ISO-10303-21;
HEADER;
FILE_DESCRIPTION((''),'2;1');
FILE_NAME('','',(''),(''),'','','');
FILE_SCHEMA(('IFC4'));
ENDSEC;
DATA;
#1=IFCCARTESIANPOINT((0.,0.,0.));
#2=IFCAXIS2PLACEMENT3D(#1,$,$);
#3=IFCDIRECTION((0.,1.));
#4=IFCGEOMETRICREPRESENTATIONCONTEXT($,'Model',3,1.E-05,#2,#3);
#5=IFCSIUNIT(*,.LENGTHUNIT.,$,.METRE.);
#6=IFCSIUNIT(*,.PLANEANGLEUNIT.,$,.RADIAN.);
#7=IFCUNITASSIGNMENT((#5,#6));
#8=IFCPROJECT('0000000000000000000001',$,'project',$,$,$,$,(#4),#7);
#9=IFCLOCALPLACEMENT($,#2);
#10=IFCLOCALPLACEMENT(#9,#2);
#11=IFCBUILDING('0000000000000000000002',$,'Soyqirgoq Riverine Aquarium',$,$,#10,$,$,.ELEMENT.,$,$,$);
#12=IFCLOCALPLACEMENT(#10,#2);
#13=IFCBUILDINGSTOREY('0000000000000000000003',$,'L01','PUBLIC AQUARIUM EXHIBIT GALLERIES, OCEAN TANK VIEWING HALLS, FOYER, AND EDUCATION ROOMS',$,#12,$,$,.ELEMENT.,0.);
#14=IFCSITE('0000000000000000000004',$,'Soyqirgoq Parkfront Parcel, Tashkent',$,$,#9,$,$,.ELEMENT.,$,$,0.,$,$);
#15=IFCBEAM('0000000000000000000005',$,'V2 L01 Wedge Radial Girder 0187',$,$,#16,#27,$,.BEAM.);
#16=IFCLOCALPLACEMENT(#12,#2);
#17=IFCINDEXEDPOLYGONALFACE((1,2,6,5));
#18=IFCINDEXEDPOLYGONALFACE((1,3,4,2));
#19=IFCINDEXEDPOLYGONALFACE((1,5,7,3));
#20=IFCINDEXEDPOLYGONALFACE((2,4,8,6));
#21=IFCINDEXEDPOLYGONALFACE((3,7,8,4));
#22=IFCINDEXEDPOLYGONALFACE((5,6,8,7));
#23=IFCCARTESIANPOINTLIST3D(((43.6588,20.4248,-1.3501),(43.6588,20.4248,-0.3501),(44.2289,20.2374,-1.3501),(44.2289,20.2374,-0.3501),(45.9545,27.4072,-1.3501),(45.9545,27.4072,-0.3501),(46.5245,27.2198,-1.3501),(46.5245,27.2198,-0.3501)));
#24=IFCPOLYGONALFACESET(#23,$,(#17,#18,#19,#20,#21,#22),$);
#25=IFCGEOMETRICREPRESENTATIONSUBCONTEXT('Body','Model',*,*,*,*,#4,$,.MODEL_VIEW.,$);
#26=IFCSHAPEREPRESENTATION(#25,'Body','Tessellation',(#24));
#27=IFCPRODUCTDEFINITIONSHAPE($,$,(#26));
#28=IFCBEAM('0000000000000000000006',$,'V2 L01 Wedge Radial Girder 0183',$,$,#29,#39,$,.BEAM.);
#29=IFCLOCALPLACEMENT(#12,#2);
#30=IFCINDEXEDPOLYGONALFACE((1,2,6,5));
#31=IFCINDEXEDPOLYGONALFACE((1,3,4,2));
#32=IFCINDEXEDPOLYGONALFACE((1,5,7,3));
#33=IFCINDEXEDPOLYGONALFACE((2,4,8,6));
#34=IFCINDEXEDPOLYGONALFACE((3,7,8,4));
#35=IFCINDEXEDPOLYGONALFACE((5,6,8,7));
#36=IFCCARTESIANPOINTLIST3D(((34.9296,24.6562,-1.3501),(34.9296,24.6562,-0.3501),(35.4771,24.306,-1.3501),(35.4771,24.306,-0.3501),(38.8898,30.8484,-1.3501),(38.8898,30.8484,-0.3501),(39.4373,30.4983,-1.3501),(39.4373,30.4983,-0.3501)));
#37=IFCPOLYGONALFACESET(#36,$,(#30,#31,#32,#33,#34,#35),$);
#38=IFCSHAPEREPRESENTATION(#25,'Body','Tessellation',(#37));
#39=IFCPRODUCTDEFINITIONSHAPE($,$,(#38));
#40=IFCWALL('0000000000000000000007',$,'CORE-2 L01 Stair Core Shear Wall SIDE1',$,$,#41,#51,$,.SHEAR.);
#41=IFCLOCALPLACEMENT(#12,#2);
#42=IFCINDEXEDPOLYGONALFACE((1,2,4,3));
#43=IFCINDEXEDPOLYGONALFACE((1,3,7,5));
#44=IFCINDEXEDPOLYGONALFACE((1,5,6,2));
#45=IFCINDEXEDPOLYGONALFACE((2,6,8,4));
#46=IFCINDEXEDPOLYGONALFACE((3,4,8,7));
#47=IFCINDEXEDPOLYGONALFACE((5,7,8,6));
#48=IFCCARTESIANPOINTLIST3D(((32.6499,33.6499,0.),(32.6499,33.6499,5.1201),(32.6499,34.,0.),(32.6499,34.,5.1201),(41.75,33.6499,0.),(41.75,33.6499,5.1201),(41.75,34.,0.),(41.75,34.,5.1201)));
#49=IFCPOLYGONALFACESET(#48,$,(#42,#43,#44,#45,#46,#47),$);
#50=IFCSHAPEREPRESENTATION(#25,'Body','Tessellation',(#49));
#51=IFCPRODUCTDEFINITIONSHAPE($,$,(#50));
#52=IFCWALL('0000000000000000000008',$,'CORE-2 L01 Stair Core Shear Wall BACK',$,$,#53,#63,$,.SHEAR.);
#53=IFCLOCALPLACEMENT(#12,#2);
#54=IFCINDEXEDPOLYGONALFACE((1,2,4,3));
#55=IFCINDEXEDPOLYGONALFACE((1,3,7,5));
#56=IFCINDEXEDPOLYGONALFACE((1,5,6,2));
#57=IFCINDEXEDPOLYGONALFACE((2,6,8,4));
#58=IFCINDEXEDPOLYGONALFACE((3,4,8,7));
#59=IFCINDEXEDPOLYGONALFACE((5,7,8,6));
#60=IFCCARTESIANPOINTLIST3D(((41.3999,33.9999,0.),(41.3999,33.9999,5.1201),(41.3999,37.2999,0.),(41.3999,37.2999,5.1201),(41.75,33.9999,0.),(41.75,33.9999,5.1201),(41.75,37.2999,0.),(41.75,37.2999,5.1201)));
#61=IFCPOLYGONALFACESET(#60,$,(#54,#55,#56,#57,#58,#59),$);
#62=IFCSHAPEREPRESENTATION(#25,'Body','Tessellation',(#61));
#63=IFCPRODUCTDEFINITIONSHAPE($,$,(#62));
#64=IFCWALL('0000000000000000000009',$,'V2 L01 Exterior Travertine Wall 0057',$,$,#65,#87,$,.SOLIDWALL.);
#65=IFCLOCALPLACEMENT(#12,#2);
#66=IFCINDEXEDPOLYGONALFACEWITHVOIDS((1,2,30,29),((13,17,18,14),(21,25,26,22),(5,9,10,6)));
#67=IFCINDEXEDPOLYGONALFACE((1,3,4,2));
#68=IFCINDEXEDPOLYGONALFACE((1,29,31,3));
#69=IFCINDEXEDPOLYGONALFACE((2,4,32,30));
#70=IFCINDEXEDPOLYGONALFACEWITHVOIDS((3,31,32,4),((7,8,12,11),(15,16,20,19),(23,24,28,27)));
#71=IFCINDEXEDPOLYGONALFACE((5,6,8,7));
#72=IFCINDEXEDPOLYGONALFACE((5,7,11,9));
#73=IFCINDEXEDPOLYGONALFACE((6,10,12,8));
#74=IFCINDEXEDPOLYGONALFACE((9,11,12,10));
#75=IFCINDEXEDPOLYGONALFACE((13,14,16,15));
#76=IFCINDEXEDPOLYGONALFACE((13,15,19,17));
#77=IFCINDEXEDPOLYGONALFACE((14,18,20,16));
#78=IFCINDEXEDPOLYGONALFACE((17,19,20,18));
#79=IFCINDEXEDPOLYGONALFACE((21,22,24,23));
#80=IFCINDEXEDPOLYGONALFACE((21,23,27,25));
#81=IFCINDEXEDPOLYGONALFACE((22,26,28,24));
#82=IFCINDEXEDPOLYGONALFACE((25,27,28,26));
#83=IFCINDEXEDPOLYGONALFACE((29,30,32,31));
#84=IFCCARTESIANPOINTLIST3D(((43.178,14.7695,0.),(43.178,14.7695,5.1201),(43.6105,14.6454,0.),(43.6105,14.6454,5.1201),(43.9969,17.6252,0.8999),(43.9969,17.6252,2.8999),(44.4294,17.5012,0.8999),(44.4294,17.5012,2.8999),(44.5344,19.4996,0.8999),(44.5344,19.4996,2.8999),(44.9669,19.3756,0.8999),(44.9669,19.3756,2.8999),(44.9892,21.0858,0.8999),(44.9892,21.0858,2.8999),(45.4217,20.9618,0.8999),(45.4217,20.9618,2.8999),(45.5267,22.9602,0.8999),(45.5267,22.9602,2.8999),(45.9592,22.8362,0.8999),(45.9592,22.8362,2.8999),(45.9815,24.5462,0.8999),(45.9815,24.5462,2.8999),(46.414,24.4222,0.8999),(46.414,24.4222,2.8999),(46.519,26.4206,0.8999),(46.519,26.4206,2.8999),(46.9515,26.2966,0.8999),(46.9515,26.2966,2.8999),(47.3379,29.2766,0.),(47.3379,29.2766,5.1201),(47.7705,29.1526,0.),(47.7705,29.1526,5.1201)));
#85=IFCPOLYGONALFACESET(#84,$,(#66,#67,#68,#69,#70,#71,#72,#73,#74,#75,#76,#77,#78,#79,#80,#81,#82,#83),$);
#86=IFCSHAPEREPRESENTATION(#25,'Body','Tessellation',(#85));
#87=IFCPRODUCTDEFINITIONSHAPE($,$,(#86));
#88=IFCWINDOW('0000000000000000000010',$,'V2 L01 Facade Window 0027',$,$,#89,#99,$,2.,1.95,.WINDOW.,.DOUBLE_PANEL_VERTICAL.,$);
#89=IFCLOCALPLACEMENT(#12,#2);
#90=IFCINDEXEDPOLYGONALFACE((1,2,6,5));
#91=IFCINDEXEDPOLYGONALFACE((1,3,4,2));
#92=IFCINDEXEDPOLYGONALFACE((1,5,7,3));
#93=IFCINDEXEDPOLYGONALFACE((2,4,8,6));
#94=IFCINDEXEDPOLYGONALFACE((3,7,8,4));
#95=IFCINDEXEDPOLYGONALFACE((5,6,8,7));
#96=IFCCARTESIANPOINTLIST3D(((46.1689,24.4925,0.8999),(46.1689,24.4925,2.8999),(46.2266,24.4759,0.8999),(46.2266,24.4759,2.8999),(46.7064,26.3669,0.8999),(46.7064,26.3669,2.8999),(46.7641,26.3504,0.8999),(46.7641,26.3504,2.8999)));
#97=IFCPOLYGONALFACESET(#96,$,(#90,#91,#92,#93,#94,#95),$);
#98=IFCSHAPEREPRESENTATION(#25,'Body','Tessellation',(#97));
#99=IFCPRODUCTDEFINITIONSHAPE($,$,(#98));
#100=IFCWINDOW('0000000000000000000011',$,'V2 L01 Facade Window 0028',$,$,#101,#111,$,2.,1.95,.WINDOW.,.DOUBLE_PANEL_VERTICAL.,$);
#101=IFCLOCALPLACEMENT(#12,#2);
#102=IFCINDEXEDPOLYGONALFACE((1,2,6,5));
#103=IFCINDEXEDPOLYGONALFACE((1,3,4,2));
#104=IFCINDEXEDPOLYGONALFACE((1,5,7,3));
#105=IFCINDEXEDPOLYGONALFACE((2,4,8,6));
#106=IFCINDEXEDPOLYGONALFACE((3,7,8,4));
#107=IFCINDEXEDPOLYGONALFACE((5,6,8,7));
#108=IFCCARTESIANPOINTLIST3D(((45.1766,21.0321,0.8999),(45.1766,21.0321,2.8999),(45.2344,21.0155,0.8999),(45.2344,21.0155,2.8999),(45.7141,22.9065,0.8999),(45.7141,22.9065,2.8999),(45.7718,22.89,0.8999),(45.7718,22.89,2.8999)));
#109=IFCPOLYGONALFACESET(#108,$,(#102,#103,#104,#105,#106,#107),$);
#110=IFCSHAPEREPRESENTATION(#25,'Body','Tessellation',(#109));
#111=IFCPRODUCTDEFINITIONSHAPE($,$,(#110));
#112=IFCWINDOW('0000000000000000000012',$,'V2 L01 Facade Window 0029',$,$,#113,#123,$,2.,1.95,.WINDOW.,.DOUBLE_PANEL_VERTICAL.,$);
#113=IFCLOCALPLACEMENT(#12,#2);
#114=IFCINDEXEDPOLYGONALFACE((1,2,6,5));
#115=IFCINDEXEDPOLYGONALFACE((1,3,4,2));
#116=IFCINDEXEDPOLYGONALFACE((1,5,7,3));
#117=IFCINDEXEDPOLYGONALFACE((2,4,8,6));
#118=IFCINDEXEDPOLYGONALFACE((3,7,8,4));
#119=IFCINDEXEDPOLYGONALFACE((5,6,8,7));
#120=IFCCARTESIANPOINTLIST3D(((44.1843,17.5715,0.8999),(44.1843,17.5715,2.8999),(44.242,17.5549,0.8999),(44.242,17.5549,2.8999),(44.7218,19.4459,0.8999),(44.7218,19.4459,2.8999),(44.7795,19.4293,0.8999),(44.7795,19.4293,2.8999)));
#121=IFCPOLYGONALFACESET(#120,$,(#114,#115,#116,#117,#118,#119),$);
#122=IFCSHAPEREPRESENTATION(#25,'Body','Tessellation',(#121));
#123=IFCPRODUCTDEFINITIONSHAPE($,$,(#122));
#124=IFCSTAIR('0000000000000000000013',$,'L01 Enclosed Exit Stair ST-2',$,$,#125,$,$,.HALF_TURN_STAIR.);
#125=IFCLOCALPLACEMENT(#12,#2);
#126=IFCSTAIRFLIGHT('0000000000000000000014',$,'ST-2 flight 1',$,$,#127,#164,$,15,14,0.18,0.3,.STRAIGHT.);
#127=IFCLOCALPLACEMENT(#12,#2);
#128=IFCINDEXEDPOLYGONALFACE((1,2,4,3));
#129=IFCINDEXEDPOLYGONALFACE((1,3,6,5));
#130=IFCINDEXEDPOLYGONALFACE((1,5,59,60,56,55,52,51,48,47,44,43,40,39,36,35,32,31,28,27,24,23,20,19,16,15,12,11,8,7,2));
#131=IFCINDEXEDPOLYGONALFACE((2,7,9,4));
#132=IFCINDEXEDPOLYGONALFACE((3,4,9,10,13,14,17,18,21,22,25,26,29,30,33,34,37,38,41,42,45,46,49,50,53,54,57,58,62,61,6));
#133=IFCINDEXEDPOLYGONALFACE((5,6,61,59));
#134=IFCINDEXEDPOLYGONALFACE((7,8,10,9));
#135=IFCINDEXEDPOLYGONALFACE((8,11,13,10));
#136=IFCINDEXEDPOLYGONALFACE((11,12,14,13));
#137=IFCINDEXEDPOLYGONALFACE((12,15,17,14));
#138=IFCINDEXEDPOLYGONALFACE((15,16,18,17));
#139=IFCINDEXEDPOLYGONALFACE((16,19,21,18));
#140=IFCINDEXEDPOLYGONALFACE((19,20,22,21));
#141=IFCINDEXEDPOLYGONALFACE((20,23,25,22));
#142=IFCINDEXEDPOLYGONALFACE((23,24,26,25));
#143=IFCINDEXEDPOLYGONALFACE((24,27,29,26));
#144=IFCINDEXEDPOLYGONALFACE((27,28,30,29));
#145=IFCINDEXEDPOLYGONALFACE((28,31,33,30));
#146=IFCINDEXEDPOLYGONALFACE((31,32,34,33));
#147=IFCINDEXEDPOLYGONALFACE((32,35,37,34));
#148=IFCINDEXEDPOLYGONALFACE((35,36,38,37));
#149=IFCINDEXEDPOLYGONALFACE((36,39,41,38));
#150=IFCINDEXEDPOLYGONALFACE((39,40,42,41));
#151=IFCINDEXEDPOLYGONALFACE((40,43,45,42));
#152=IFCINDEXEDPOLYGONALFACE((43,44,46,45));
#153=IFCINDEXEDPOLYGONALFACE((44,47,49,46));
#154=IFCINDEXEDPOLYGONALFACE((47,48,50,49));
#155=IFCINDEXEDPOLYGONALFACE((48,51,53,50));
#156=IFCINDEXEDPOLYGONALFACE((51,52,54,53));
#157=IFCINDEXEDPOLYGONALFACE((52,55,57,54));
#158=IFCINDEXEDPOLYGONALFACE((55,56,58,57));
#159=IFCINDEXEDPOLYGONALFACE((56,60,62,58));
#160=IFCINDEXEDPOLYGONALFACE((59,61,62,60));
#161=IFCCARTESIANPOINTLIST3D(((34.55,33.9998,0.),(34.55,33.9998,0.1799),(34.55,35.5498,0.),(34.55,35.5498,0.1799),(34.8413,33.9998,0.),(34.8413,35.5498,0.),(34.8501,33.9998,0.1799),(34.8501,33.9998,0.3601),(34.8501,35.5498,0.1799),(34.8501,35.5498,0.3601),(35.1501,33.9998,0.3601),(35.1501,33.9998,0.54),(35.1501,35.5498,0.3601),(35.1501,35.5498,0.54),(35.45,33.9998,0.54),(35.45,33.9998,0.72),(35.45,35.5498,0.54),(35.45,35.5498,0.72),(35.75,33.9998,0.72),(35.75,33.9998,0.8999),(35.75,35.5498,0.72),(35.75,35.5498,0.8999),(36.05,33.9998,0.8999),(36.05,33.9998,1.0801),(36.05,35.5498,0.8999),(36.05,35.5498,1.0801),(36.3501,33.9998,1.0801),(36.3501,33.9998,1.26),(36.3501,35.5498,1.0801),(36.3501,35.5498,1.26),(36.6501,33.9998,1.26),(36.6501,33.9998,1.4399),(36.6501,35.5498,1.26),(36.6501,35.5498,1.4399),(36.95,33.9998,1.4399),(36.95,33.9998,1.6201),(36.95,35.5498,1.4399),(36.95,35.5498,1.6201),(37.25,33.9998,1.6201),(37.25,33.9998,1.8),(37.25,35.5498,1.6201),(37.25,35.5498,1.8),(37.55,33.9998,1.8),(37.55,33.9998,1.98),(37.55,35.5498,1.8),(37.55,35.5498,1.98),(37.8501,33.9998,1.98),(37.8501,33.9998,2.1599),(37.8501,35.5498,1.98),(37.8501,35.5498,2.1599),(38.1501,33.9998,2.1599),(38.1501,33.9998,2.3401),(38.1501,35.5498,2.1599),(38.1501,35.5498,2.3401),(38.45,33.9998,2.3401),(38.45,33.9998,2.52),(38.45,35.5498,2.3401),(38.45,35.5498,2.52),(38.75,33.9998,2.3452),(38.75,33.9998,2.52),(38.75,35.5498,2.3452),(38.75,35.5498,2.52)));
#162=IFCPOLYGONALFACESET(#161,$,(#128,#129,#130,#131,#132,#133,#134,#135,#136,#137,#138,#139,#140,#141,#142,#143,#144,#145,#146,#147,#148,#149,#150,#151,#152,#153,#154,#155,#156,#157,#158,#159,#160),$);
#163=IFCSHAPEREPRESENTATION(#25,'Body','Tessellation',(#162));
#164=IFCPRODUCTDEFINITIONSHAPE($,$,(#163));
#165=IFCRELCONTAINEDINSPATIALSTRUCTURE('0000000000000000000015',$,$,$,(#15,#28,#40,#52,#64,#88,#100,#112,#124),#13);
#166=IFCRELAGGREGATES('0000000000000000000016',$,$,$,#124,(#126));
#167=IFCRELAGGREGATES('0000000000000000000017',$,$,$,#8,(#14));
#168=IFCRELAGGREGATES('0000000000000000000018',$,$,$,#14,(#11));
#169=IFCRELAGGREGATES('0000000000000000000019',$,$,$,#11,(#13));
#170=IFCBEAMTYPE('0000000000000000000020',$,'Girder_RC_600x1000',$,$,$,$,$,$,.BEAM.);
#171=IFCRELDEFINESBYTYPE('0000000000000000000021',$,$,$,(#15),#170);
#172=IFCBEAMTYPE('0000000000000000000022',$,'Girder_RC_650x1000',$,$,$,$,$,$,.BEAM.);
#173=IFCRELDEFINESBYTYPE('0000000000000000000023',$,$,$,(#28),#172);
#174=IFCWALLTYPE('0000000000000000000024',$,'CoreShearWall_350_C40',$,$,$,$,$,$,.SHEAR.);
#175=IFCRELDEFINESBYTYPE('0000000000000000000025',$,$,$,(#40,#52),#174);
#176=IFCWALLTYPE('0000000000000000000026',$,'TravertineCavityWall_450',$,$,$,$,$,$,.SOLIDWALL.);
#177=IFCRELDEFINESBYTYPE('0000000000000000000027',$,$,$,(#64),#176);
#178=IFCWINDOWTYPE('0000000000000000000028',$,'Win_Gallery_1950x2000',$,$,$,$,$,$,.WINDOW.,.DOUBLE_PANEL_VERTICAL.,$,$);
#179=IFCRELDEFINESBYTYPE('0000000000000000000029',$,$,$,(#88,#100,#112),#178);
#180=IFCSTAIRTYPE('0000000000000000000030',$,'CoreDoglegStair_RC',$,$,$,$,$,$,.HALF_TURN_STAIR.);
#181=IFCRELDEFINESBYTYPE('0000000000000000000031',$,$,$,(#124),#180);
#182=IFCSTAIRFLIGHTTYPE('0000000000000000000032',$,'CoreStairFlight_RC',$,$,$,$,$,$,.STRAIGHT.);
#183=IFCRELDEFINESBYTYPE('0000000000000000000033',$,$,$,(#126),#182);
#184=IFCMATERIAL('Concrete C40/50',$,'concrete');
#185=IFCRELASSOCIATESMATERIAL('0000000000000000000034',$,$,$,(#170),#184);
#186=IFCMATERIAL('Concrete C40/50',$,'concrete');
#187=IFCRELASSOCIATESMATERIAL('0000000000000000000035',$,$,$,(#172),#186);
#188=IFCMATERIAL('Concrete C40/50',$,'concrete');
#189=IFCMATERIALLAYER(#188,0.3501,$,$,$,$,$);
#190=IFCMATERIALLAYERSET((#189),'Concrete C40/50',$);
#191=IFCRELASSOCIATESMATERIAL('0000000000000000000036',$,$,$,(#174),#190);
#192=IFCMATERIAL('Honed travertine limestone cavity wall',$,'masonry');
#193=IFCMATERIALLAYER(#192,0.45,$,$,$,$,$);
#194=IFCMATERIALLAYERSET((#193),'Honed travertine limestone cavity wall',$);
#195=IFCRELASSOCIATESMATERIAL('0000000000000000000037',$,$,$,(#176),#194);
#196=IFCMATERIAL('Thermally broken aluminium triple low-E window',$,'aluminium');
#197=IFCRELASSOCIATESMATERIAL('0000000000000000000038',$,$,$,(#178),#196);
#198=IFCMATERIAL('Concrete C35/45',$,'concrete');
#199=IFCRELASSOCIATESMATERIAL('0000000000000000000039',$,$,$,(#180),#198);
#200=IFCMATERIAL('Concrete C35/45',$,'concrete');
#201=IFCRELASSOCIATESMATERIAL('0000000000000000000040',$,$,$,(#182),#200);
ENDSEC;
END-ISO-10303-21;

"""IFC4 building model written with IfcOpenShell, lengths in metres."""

from ifc_helpers import new_model, si_unit, direction, frame, frame_2d, origin, origin_2d, place, context, subcontext, project, spatial, polyline, rectangle, outline, extrude, material, layer, layer_set, material_profile, profile_set, type_object, element, fill, aggregate, save


model = new_model("IFC4")

# Units and contexts
model_context = context("Model", 3, precision=1e-05, world=origin(), true_north=direction((0.0, 1.0)))
body_context = subcontext(model_context, "Body", "Model", "MODEL_VIEW")
ifc_project = project(units=[si_unit("LENGTHUNIT", "METRE"), si_unit("PLANEANGLEUNIT", "RADIAN")], contexts=[model_context])

# Site, building, storey
site_placement = place(None, origin())
site = spatial("IfcSite", under=ifc_project, at=site_placement, Name="Soyqirgoq Parkfront Parcel, Tashkent", CompositionType="ELEMENT", RefElevation=0.0)
building_placement = place(site_placement, origin())
building = spatial("IfcBuilding", under=site, at=building_placement, Name="Soyqirgoq Riverine Aquarium", CompositionType="ELEMENT")
storey_placement = place(building_placement, origin())
storey = spatial("IfcBuildingStorey", under=building, at=storey_placement, Name="L01", Description="PUBLIC AQUARIUM EXHIBIT GALLERIES, OCEAN TANK VIEWING HALLS, FOYER, AND EDUCATION ROOMS", CompositionType="ELEMENT", Elevation=0.0)

# Beams
ifc_material_1 = material(Name="Concrete C40/50", Category="concrete")
ifc_material_profile_1 = material_profile(ifc_material_1, rectangle(XDim=0.6001, YDim=1.0, at=origin_2d()), Name="RC 600x1000")
ifc_profile_set_1 = profile_set([ifc_material_profile_1], Name="Concrete C40/50")
beam_type_1 = type_object("IfcBeamType", Name="Girder_RC_600x1000", PredefinedType="BEAM", material=ifc_profile_set_1)
beam_1_placement = place(storey_placement, frame((46.2395, 27.3135, -0.8501), z_axis=(-0.312329, -0.949974, 0.0), x_axis=(0.949974, -0.312329, 0.0)))
element("IfcBeam", 1, at=beam_1_placement, inside=storey, type_object=beam_type_1, Name="V2 L01 Wedge Radial Girder 0187", PredefinedType="BEAM", context=body_context, shape_type="SweptSolid", body=[
    extrude(rectangle(XDim=0.6001, YDim=1.0, at=origin_2d()), origin(), (0.0, 0.0, 1.0), 7.3501),
])
ifc_material_2 = material(Name="Concrete C40/50", Category="concrete")
ifc_material_profile_2 = material_profile(ifc_material_2, rectangle(XDim=0.6499, YDim=1.0, at=origin_2d()), Name="RC 650x1000")
ifc_profile_set_2 = profile_set([ifc_material_profile_2], Name="Concrete C40/50")
beam_type_2 = type_object("IfcBeamType", Name="Girder_RC_650x1000", PredefinedType="BEAM", material=ifc_profile_set_2)
beam_2_placement = place(storey_placement, frame((39.1636, 30.6733, -0.8501), z_axis=(-0.538787, -0.842442, 0.0), x_axis=(0.842442, -0.538787, 0.0)))
element("IfcBeam", 2, at=beam_2_placement, inside=storey, type_object=beam_type_2, Name="V2 L01 Wedge Radial Girder 0183", PredefinedType="BEAM", context=body_context, shape_type="SweptSolid", body=[
    extrude(rectangle(XDim=0.6499, YDim=1.0, at=origin_2d()), origin(), (0.0, 0.0, 1.0), 7.3503),
])

# Walls
ifc_material_3 = material(Name="Concrete C40/50", Category="concrete")
ifc_layer_1 = layer(ifc_material_3, 0.3501)
ifc_layer_set_1 = layer_set([ifc_layer_1], Name="Concrete C40/50")
wall_type_1 = type_object("IfcWallType", Name="CoreShearWall_350_C40", PredefinedType="SHEAR", material=ifc_layer_set_1)
wall_1_placement = place(storey_placement, frame((32.6499, 33.825, 0.0), z_axis=(0.0, 0.0, 1.0), x_axis=(1.0, 0.0, 0.0)))
element("IfcWall", 3, at=wall_1_placement, inside=storey, type_object=wall_type_1, Name="CORE-2 L01 Stair Core Shear Wall SIDE1", PredefinedType="SHEAR", context=body_context, shape_type="SweptSolid", body=[
    extrude(rectangle(XDim=9.1001, YDim=0.3501, at=frame_2d((4.55, 0.0))), origin(), (0.0, 0.0, 1.0), 5.1201),
])
wall_2_placement = place(storey_placement, frame((41.575, 34.0, 0.0), z_axis=(0.0, 0.0, 1.0), x_axis=(0.0, 1.0, 0.0)))
element("IfcWall", 4, at=wall_2_placement, inside=storey, type_object=wall_type_1, Name="CORE-2 L01 Stair Core Shear Wall BACK", PredefinedType="SHEAR", context=body_context, shape_type="SweptSolid", body=[
    extrude(rectangle(XDim=3.3, YDim=0.3501, at=frame_2d((1.6499, 0.0))), origin(), (0.0, 0.0, 1.0), 5.1201),
])

# Wall, openings, windows
ifc_material_4 = material(Name="Honed travertine limestone cavity wall", Category="masonry")
ifc_layer_2 = layer(ifc_material_4, 0.45)
ifc_layer_set_2 = layer_set([ifc_layer_2], Name="Honed travertine limestone cavity wall")
wall_type_2 = type_object("IfcWallType", Name="TravertineCavityWall_450", PredefinedType="SOLIDWALL", material=ifc_layer_set_2)
wall_3_placement = place(storey_placement, frame((47.5542, 29.2146, 0.0), z_axis=(0.0, 0.0, 1.0), x_axis=(-0.275642, -0.96126, 0.0)))
wall_3 = element("IfcWall", 5, at=wall_3_placement, inside=storey, type_object=wall_type_2, Name="V2 L01 Exterior Travertine Wall 0057", PredefinedType="SOLIDWALL", context=body_context, shape_type="SweptSolid", body=[
    extrude(rectangle(XDim=15.0918, YDim=0.45, at=frame_2d((7.5459, 0.0))), origin(), (0.0, 0.0, 1.0), 5.1201),
])
opening_1_placement = place(wall_3_placement, frame((2.9709, 0.0, 0.8999)))
opening_1 = element("IfcOpeningElement", 6, at=opening_1_placement, cuts=wall_3, PredefinedType="OPENING", context=body_context, shape_type="SweptSolid", body=[
    extrude(rectangle(XDim=1.95, YDim=2.0, at=frame_2d((0.9751, 1.0))), frame((0.0, 0.2349, 0.0), z_axis=(0.0, -1.0, 0.0), x_axis=(1.0, 0.0, 0.0)), (0.0, 0.0, 1.0), 0.47),
])
opening_2_placement = place(wall_3_placement, frame((6.5708, 0.0, 0.8999)))
opening_2 = element("IfcOpeningElement", 7, at=opening_2_placement, cuts=wall_3, PredefinedType="OPENING", context=body_context, shape_type="SweptSolid", body=[
    extrude(rectangle(XDim=1.95, YDim=2.0, at=frame_2d((0.9751, 1.0))), frame((0.0, 0.2349, 0.0), z_axis=(0.0, -1.0, 0.0), x_axis=(1.0, 0.0, 0.0)), (0.0, 0.0, 1.0), 0.47),
])
opening_3_placement = place(wall_3_placement, frame((10.1709, 0.0, 0.8999)))
opening_3 = element("IfcOpeningElement", 8, at=opening_3_placement, cuts=wall_3, PredefinedType="OPENING", context=body_context, shape_type="SweptSolid", body=[
    extrude(rectangle(XDim=1.95, YDim=2.0, at=frame_2d((0.9751, 1.0))), frame((0.0, 0.2349, 0.0), z_axis=(0.0, -1.0, 0.0), x_axis=(1.0, 0.0, 0.0)), (0.0, 0.0, 1.0), 0.47),
])
ifc_material_5 = material(Name="Thermally broken aluminium triple low-E window", Category="aluminium")
window_type = type_object("IfcWindowType", Name="Win_Gallery_1950x2000", PartitioningType="DOUBLE_PANEL_VERTICAL", PredefinedType="WINDOW", material=ifc_material_5)
window_1_placement = place(opening_1_placement, origin())
window_1 = element("IfcWindow", 9, at=window_1_placement, inside=storey, type_object=window_type, Name="V2 L01 Facade Window 0027", OverallHeight=2.0, OverallWidth=1.95, PartitioningType="DOUBLE_PANEL_VERTICAL", PredefinedType="WINDOW", context=body_context, shape_type="SweptSolid", body=[
    extrude(rectangle(XDim=1.95, YDim=2.0, at=frame_2d((0.9751, 1.0))), frame((0.0, 0.03, 0.0), z_axis=(0.0, -1.0, 0.0), x_axis=(1.0, 0.0, 0.0)), (0.0, 0.0, 1.0), 0.0601),
])
fill(opening_1, window_1)
window_2_placement = place(opening_2_placement, origin())
window_2 = element("IfcWindow", 10, at=window_2_placement, inside=storey, type_object=window_type, Name="V2 L01 Facade Window 0028", OverallHeight=2.0, OverallWidth=1.95, PartitioningType="DOUBLE_PANEL_VERTICAL", PredefinedType="WINDOW", context=body_context, shape_type="SweptSolid", body=[
    extrude(rectangle(XDim=1.95, YDim=2.0, at=frame_2d((0.9751, 1.0))), frame((0.0, 0.03, 0.0), z_axis=(0.0, -1.0, 0.0), x_axis=(1.0, 0.0, 0.0)), (0.0, 0.0, 1.0), 0.0601),
])
fill(opening_2, window_2)
window_3_placement = place(opening_3_placement, origin())
window_3 = element("IfcWindow", 11, at=window_3_placement, inside=storey, type_object=window_type, Name="V2 L01 Facade Window 0029", OverallHeight=2.0, OverallWidth=1.95, PartitioningType="DOUBLE_PANEL_VERTICAL", PredefinedType="WINDOW", context=body_context, shape_type="SweptSolid", body=[
    extrude(rectangle(XDim=1.95, YDim=2.0, at=frame_2d((0.9751, 1.0))), frame((0.0, 0.03, 0.0), z_axis=(0.0, -1.0, 0.0), x_axis=(1.0, 0.0, 0.0)), (0.0, 0.0, 1.0), 0.0601),
])
fill(opening_3, window_3)

# Stair, stair flight
ifc_material_6 = material(Name="Concrete C35/45", Category="concrete")
stair_type = type_object("IfcStairType", Name="CoreDoglegStair_RC", PredefinedType="HALF_TURN_STAIR", material=ifc_material_6)
stair_placement = place(storey_placement, origin())
stair = element("IfcStair", 12, at=stair_placement, inside=storey, type_object=stair_type, Name="L01 Enclosed Exit Stair ST-2", PredefinedType="HALF_TURN_STAIR")
ifc_material_7 = material(Name="Concrete C35/45", Category="concrete")
stair_flight_type = type_object("IfcStairFlightType", Name="CoreStairFlight_RC", PredefinedType="STRAIGHT", material=ifc_material_7)
stair_flight_placement = place(storey_placement, frame((34.55, 34.7749, 0.0), z_axis=(0.0, 0.0, 1.0), x_axis=(1.0, 0.0, 0.0)))
stair_flight = element("IfcStairFlight", 13, at=stair_flight_placement, type_object=stair_flight_type, Name="ST-2 flight 1", NumberOfRisers=15, NumberOfTreads=14, PredefinedType="STRAIGHT", RiserHeight=0.18, TreadLength=0.3, context=body_context, shape_type="SweptSolid", body=[
    extrude(outline(polyline([(0.0, 0.0), (0.0, 0.1799), (0.3, 0.1799), (0.3, 0.3601), (0.6001, 0.3601), (0.6001, 0.54), (0.8999, 0.54), (0.8999, 0.72), (1.2, 0.72), (1.2, 0.8999), (1.5, 0.8999), (1.5, 1.0801), (1.8, 1.0801), (1.8, 1.26), (2.1001, 1.26), (2.1001, 1.4399), (2.3999, 1.4399), (2.3999, 1.6201), (2.7, 1.6201), (2.7, 1.8), (3.0, 1.8), (3.0, 1.98), (3.3, 1.98), (3.3, 2.1599), (3.6001, 2.1599), (3.6001, 2.3401), (3.8999, 2.3401), (3.8999, 2.52), (4.2, 2.52), (4.2, 2.7), (4.2, 2.3452), (0.2913, 0.0), (0.0, 0.0)])), frame((0.0, 0.7749, 0.0), z_axis=(0.0, -1.0, 0.0), x_axis=(1.0, 0.0, 0.0)), (0.0, 0.0, 1.0), 1.55),
])
aggregate(stair, [stair_flight])

save(model, "model.ifc")
